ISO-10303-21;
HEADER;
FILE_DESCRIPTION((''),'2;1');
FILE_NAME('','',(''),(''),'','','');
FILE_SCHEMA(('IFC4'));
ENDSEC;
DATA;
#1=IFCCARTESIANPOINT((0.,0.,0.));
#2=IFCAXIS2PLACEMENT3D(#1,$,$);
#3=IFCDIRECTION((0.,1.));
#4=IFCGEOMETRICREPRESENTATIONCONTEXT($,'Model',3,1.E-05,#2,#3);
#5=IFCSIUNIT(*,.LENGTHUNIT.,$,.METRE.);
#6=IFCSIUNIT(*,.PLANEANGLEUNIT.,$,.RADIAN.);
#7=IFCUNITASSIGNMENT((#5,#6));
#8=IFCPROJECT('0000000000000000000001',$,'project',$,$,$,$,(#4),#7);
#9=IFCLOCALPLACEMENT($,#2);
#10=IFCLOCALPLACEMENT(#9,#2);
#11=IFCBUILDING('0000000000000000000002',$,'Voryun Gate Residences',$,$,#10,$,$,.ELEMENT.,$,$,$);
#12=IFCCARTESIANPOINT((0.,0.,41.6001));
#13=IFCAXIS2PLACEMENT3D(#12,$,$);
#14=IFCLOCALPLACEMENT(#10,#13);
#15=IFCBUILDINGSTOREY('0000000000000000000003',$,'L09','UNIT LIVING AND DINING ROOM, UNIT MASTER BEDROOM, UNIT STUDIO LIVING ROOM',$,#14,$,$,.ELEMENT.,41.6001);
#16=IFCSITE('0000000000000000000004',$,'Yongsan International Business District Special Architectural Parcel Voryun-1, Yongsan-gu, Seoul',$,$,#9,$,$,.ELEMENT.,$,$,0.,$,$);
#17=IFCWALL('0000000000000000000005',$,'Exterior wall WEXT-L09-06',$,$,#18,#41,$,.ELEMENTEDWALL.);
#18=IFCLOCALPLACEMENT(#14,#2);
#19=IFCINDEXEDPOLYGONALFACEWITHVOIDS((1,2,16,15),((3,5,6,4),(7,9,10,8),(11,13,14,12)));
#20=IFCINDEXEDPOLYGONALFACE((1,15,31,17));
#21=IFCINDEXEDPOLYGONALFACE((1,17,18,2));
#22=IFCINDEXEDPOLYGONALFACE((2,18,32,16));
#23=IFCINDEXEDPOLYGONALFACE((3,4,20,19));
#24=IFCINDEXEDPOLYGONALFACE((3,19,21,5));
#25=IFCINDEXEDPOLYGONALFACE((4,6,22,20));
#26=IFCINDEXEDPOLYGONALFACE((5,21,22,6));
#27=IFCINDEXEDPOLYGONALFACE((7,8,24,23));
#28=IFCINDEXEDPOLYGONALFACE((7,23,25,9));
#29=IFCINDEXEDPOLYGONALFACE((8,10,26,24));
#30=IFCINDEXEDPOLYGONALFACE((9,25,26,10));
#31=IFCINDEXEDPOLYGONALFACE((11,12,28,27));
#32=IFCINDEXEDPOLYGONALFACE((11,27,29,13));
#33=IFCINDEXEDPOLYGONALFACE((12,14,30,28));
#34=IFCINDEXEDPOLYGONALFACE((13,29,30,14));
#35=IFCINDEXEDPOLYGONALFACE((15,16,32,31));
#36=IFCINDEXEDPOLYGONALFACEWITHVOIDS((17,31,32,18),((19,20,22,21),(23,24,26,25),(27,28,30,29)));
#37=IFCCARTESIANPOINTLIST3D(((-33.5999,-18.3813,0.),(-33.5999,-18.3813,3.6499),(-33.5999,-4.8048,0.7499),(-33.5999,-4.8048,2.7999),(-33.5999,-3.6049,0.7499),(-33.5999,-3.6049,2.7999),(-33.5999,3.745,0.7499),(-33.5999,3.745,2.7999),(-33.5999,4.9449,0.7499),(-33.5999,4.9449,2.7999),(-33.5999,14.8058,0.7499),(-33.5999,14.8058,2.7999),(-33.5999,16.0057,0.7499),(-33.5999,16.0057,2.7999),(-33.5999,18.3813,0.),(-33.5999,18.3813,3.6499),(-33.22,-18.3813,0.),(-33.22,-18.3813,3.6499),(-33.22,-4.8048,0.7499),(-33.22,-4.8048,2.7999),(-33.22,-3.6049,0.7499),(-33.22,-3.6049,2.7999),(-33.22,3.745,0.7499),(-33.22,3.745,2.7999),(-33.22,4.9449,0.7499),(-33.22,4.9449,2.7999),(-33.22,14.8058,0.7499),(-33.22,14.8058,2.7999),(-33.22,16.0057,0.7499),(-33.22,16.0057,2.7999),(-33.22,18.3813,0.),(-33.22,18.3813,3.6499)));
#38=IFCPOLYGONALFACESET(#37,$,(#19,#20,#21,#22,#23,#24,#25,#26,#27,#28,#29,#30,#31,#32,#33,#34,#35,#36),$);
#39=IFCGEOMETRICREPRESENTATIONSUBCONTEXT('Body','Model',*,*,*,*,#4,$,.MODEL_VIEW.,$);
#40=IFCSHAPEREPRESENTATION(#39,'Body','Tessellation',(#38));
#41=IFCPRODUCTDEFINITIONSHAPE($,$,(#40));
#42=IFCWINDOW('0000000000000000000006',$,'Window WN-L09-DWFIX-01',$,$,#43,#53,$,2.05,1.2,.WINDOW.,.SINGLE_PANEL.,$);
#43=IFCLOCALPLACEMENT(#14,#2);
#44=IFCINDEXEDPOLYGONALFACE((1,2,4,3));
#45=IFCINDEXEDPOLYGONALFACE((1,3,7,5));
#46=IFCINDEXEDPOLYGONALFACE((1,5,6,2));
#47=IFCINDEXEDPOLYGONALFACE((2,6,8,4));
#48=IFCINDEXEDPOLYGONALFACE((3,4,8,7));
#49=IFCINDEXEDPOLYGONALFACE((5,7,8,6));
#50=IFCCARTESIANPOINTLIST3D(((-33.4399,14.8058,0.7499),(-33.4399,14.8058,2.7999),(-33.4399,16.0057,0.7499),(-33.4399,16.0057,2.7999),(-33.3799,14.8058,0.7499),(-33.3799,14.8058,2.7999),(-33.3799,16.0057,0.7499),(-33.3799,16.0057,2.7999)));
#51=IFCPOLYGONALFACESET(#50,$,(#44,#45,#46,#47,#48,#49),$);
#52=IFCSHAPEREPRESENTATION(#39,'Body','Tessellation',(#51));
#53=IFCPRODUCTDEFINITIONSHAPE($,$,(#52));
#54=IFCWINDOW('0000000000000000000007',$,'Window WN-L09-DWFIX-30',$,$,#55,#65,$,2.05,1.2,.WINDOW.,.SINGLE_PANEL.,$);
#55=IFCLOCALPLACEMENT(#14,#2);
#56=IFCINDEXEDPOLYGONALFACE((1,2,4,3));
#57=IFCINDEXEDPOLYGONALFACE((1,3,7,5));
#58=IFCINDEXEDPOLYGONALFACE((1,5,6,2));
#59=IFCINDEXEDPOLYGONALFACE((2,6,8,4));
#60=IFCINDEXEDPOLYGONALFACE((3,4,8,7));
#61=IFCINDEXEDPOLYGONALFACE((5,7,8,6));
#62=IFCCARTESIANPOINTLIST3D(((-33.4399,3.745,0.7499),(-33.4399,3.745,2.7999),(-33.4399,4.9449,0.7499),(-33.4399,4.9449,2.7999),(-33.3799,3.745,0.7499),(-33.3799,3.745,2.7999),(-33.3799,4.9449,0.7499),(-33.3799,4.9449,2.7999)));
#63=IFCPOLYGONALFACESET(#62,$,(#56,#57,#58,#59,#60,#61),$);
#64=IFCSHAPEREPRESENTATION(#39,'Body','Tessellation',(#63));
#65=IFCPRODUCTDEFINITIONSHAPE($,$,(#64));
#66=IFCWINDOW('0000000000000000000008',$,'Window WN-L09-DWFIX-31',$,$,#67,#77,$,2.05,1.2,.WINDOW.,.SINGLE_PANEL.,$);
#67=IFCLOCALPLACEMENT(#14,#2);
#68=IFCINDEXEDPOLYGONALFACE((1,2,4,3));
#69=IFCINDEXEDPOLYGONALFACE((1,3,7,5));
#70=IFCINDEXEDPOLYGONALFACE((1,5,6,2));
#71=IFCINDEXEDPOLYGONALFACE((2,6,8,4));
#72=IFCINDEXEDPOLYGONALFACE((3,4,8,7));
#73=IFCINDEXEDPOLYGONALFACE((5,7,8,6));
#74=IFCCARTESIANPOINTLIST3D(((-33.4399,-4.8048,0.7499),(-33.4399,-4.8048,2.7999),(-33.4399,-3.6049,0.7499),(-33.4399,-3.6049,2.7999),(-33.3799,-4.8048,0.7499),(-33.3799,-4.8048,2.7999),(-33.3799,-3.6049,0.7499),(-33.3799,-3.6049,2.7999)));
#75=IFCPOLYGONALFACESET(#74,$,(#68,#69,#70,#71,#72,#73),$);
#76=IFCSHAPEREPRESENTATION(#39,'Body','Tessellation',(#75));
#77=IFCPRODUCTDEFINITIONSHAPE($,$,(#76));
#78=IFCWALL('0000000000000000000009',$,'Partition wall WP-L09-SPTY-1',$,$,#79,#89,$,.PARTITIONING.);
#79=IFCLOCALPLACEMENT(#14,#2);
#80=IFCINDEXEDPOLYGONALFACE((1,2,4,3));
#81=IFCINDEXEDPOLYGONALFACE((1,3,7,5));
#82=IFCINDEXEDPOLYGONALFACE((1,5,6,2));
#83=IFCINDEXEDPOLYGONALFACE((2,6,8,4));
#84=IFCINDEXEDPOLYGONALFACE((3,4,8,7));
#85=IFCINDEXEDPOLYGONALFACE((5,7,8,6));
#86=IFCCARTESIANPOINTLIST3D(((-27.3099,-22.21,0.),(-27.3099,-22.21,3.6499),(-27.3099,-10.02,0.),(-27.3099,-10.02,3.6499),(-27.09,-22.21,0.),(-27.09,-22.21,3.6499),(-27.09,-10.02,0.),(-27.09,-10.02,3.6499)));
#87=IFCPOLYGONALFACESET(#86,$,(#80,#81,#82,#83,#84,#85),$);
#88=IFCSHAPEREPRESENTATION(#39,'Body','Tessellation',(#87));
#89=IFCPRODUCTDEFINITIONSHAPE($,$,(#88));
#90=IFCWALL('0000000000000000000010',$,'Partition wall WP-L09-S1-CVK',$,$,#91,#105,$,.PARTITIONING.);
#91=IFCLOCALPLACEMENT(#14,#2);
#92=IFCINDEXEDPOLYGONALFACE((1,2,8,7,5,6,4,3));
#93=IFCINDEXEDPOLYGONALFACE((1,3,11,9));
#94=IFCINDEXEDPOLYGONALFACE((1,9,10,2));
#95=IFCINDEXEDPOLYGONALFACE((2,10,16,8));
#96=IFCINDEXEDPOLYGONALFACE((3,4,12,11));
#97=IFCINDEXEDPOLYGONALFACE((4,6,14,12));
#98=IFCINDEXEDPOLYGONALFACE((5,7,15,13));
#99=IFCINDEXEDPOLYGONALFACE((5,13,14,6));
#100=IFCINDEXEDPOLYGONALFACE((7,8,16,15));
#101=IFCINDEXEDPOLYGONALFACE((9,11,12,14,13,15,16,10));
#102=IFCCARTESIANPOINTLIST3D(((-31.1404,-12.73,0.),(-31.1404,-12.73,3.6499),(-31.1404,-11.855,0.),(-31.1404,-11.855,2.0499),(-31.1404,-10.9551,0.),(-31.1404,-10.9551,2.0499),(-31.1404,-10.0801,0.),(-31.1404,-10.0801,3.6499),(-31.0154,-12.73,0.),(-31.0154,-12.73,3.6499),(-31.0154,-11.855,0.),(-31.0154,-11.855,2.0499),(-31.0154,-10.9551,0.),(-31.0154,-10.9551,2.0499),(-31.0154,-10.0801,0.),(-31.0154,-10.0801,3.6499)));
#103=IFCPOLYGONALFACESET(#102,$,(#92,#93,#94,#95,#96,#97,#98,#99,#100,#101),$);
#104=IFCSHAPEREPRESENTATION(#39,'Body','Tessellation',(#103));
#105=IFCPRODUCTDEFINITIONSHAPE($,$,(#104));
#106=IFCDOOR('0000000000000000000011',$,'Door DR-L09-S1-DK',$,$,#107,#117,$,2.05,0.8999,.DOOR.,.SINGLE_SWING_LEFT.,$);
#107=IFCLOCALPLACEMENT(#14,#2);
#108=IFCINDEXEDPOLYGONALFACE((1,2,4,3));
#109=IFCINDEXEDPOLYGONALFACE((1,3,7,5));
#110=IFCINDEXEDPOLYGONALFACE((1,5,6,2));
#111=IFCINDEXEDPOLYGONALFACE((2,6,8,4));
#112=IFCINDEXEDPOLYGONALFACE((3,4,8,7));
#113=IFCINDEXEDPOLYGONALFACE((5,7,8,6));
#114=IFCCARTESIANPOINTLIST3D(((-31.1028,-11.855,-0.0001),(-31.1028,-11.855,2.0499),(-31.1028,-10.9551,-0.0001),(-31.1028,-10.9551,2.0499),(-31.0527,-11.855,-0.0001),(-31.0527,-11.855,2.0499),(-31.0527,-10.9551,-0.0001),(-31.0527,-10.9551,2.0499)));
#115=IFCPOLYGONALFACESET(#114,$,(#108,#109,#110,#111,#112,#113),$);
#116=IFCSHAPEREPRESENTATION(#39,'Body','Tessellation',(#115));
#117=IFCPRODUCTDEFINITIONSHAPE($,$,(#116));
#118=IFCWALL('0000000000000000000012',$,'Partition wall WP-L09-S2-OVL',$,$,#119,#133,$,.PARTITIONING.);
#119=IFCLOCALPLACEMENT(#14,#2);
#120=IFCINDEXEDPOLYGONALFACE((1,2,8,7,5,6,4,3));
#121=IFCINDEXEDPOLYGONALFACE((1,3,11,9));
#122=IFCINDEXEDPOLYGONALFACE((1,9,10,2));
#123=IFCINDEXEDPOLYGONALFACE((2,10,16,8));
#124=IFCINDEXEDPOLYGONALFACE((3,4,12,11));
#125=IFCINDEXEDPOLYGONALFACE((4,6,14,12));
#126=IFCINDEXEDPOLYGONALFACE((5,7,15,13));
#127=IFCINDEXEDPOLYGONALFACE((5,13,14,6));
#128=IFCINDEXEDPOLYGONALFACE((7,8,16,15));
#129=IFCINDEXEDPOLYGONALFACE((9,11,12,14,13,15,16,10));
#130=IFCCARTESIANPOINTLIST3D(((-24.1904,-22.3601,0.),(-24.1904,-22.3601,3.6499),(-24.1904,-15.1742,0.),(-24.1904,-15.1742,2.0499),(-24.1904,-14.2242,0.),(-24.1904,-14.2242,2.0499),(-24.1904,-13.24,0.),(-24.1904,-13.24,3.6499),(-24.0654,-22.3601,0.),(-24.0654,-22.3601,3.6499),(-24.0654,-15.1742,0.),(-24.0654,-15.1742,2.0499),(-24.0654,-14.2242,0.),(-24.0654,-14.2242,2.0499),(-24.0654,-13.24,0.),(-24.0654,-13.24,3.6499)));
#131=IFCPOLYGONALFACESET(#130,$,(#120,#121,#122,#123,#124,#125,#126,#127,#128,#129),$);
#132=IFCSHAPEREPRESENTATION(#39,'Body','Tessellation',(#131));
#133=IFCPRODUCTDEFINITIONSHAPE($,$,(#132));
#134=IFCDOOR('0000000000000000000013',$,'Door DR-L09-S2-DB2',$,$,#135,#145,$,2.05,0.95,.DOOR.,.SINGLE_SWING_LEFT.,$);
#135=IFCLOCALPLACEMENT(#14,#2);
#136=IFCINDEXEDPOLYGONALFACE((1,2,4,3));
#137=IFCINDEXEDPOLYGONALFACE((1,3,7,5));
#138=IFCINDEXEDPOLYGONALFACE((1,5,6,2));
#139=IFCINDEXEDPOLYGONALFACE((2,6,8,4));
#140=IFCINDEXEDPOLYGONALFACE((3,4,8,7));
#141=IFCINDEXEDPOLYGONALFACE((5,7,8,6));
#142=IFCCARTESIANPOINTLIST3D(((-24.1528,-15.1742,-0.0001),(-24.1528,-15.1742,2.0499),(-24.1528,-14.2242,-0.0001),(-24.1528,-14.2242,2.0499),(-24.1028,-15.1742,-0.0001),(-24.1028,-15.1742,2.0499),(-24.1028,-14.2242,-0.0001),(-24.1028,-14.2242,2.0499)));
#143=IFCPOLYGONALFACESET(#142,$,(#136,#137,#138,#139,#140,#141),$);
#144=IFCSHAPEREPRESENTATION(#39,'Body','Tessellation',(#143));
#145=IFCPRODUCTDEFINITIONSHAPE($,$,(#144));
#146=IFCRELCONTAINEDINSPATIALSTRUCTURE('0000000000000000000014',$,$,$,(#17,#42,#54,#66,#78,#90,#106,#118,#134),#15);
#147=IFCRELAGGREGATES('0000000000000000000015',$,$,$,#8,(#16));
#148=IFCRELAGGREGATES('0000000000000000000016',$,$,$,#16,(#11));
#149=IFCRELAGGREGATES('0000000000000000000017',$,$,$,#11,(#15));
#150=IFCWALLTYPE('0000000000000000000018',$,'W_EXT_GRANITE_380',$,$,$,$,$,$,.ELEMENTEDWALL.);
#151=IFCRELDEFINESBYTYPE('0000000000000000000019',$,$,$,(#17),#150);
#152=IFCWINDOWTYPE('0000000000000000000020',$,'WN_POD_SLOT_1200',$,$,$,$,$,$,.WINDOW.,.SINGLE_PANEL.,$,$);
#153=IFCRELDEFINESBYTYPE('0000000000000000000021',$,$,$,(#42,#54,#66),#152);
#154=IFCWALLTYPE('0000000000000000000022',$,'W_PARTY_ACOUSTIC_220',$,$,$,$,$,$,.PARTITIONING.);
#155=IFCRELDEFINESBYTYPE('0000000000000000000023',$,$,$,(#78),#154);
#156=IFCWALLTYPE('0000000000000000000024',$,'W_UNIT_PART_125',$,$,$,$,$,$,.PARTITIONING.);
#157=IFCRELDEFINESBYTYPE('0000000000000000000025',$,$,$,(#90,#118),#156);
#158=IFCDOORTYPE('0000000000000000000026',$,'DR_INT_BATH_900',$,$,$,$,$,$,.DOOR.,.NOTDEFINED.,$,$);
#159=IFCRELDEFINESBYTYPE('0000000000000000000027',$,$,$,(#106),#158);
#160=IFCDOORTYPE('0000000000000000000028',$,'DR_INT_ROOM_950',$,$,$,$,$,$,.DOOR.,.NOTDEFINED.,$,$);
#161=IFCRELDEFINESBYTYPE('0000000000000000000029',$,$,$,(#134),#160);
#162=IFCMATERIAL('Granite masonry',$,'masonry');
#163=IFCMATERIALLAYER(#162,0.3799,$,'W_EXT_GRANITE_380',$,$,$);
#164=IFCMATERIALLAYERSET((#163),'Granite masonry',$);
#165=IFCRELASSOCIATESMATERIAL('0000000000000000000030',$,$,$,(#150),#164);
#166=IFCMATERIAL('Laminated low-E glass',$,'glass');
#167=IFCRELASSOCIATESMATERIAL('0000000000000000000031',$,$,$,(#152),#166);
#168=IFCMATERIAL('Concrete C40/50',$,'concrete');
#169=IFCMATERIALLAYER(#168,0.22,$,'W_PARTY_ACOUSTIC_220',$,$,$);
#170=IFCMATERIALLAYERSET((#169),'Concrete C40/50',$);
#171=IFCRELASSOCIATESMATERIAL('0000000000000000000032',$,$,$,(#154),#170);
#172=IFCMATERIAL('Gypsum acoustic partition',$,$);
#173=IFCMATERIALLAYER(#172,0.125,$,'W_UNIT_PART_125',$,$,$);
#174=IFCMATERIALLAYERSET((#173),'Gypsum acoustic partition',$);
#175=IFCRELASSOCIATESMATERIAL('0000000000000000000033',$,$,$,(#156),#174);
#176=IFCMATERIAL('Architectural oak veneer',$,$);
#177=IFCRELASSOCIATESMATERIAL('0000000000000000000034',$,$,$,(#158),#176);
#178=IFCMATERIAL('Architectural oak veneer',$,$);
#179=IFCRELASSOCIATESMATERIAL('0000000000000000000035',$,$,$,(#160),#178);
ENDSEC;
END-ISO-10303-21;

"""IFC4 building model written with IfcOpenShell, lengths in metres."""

from ifc_helpers import new_model, si_unit, direction, frame, frame_2d, origin, place, context, subcontext, project, spatial, rectangle, extrude, material, layer, layer_set, type_object, element, fill, save


model = new_model("IFC4")

# Units and contexts
model_context = context("Model", 3, precision=1e-05, world=origin(), true_north=direction((0.0, 1.0)))
body_context = subcontext(model_context, "Body", "Model", "MODEL_VIEW")
ifc_project = project(units=[si_unit("LENGTHUNIT", "METRE"), si_unit("PLANEANGLEUNIT", "RADIAN")], contexts=[model_context])

# Site, building, storey
site_placement = place(None, origin())
site = spatial("IfcSite", under=ifc_project, at=site_placement, Name="Yongsan International Business District Special Architectural Parcel Voryun-1, Yongsan-gu, Seoul", CompositionType="ELEMENT", RefElevation=0.0)
building_placement = place(site_placement, origin())
building = spatial("IfcBuilding", under=site, at=building_placement, Name="Voryun Gate Residences", CompositionType="ELEMENT")
storey_placement = place(building_placement, frame((0.0, 0.0, 41.6001)))
storey = spatial("IfcBuildingStorey", under=building, at=storey_placement, Name="L09", Description="UNIT LIVING AND DINING ROOM, UNIT MASTER BEDROOM, UNIT STUDIO LIVING ROOM", CompositionType="ELEMENT", Elevation=41.6001)

# Shared definitions
ifc_material_1 = material(Name="Granite masonry", Category="masonry")
ifc_layer_1 = layer(ifc_material_1, 0.3799, Name="W_EXT_GRANITE_380")
ifc_layer_set_1 = layer_set([ifc_layer_1], Name="Granite masonry")
wall_type_1 = type_object("IfcWallType", Name="W_EXT_GRANITE_380", PredefinedType="ELEMENTEDWALL", material=ifc_layer_set_1)

# Wall, openings, windows
wall_1_placement = place(storey_placement, frame((-33.4099, -18.3813, 0.0), z_axis=(0.0, 0.0, 1.0), x_axis=(0.0, 1.0, 0.0)))
wall_1 = element("IfcWall", 1, at=wall_1_placement, inside=storey, type_object=wall_type_1, Name="Exterior wall WEXT-L09-06", PredefinedType="ELEMENTEDWALL", context=body_context, shape_type="SweptSolid", body=[
    extrude(rectangle(XDim=36.7627, YDim=0.3799, at=frame_2d((18.3813, 0.0))), origin(), (0.0, 0.0, 1.0), 3.6499),
])
opening_1_placement = place(wall_1_placement, frame((33.187, 0.0, 0.75)))
opening_1 = element("IfcOpeningElement", 2, at=opening_1_placement, cuts=wall_1, PredefinedType="OPENING", context=body_context, shape_type="SweptSolid", body=[
    extrude(rectangle(XDim=1.2, YDim=2.05, at=frame_2d((0.6001, 1.0249))), frame((0.0, 0.2, 0.0), z_axis=(0.0, -1.0, 0.0), x_axis=(1.0, 0.0, 0.0)), (0.0, 0.0, 1.0), 0.3999),
])
opening_2_placement = place(wall_1_placement, frame((22.1262, 0.0, 0.75)))
opening_2 = element("IfcOpeningElement", 3, at=opening_2_placement, cuts=wall_1, PredefinedType="OPENING", context=body_context, shape_type="SweptSolid", body=[
    extrude(rectangle(XDim=1.2, YDim=2.05, at=frame_2d((0.6001, 1.0249))), frame((0.0, 0.2, 0.0), z_axis=(0.0, -1.0, 0.0), x_axis=(1.0, 0.0, 0.0)), (0.0, 0.0, 1.0), 0.3999),
])
opening_3_placement = place(wall_1_placement, frame((13.5764, 0.0, 0.75)))
opening_3 = element("IfcOpeningElement", 4, at=opening_3_placement, cuts=wall_1, PredefinedType="OPENING", context=body_context, shape_type="SweptSolid", body=[
    extrude(rectangle(XDim=1.2, YDim=2.05, at=frame_2d((0.6001, 1.0249))), frame((0.0, 0.2, 0.0), z_axis=(0.0, -1.0, 0.0), x_axis=(1.0, 0.0, 0.0)), (0.0, 0.0, 1.0), 0.3999),
])
ifc_material_2 = material(Name="Laminated low-E glass", Category="glass")
window_type = type_object("IfcWindowType", Name="WN_POD_SLOT_1200", PartitioningType="SINGLE_PANEL", PredefinedType="WINDOW", material=ifc_material_2)
window_1_placement = place(opening_1_placement, origin())
window_1 = element("IfcWindow", 5, at=window_1_placement, inside=storey, type_object=window_type, Name="Window WN-L09-DWFIX-01", OverallHeight=2.05, OverallWidth=1.2, PartitioningType="SINGLE_PANEL", PredefinedType="WINDOW", context=body_context, shape_type="SweptSolid", body=[
    extrude(rectangle(XDim=1.2, YDim=2.05, at=frame_2d((0.6001, 1.0249))), frame((0.0, 0.03, 0.0), z_axis=(0.0, -1.0, 0.0), x_axis=(1.0, 0.0, 0.0)), (0.0, 0.0, 1.0), 0.0601),
])
fill(opening_1, window_1)
window_2_placement = place(opening_2_placement, origin())
window_2 = element("IfcWindow", 6, at=window_2_placement, inside=storey, type_object=window_type, Name="Window WN-L09-DWFIX-30", OverallHeight=2.05, OverallWidth=1.2, PartitioningType="SINGLE_PANEL", PredefinedType="WINDOW", context=body_context, shape_type="SweptSolid", body=[
    extrude(rectangle(XDim=1.2, YDim=2.05, at=frame_2d((0.6001, 1.0249))), frame((0.0, 0.03, 0.0), z_axis=(0.0, -1.0, 0.0), x_axis=(1.0, 0.0, 0.0)), (0.0, 0.0, 1.0), 0.0601),
])
fill(opening_2, window_2)
window_3_placement = place(opening_3_placement, origin())
window_3 = element("IfcWindow", 7, at=window_3_placement, inside=storey, type_object=window_type, Name="Window WN-L09-DWFIX-31", OverallHeight=2.05, OverallWidth=1.2, PartitioningType="SINGLE_PANEL", PredefinedType="WINDOW", context=body_context, shape_type="SweptSolid", body=[
    extrude(rectangle(XDim=1.2, YDim=2.05, at=frame_2d((0.6001, 1.0249))), frame((0.0, 0.03, 0.0), z_axis=(0.0, -1.0, 0.0), x_axis=(1.0, 0.0, 0.0)), (0.0, 0.0, 1.0), 0.0601),
])
fill(opening_3, window_3)

# Wall
ifc_material_3 = material(Name="Concrete C40/50", Category="concrete")
ifc_layer_2 = layer(ifc_material_3, 0.22, Name="W_PARTY_ACOUSTIC_220")
ifc_layer_set_2 = layer_set([ifc_layer_2], Name="Concrete C40/50")
wall_type_2 = type_object("IfcWallType", Name="W_PARTY_ACOUSTIC_220", PredefinedType="PARTITIONING", material=ifc_layer_set_2)
wall_2_placement = place(storey_placement, frame((-27.2, -22.21, 0.0), z_axis=(0.0, 0.0, 1.0), x_axis=(0.0, 1.0, 0.0)))
element("IfcWall", 8, at=wall_2_placement, inside=storey, type_object=wall_type_2, Name="Partition wall WP-L09-SPTY-1", PredefinedType="PARTITIONING", context=body_context, shape_type="SweptSolid", body=[
    extrude(rectangle(XDim=12.1899, YDim=0.22, at=frame_2d((6.095, 0.0))), origin(), (0.0, 0.0, 1.0), 3.6499),
])

# Walls, openings, doors
ifc_material_4 = material(Name="Gypsum acoustic partition")
ifc_layer_3 = layer(ifc_material_4, 0.125, Name="W_UNIT_PART_125")
ifc_layer_set_3 = layer_set([ifc_layer_3], Name="Gypsum acoustic partition")
wall_type_3 = type_object("IfcWallType", Name="W_UNIT_PART_125", PredefinedType="PARTITIONING", material=ifc_layer_set_3)
wall_3_placement = place(storey_placement, frame((-31.0779, -12.73, 0.0), z_axis=(0.0, 0.0, 1.0), x_axis=(0.0, 1.0, 0.0)))
wall_3 = element("IfcWall", 9, at=wall_3_placement, inside=storey, type_object=wall_type_3, Name="Partition wall WP-L09-S1-CVK", PredefinedType="PARTITIONING", context=body_context, shape_type="SweptSolid", body=[
    extrude(rectangle(XDim=2.6499, YDim=0.125, at=frame_2d((1.325, 0.0))), origin(), (0.0, 0.0, 1.0), 3.6499),
])
opening_4_placement = place(wall_3_placement, frame((0.875, 0.0, 0.0)))
opening_4 = element("IfcOpeningElement", 10, at=opening_4_placement, cuts=wall_3, PredefinedType="OPENING", context=body_context, shape_type="SweptSolid", body=[
    extrude(rectangle(XDim=0.8999, YDim=2.05, at=frame_2d((0.45, 1.0249))), frame((0.0, 0.0725, 0.0), z_axis=(0.0, -1.0, 0.0), x_axis=(1.0, 0.0, 0.0)), (0.0, 0.0, 1.0), 0.145),
])
ifc_material_5 = material(Name="Architectural oak veneer")
door_type_1 = type_object("IfcDoorType", Name="DR_INT_BATH_900", OperationType="NOTDEFINED", PredefinedType="DOOR", material=ifc_material_5)
door_1_placement = place(opening_4_placement, origin())
door_1 = element("IfcDoor", 11, at=door_1_placement, inside=storey, type_object=door_type_1, Name="Door DR-L09-S1-DK", OperationType="SINGLE_SWING_LEFT", OverallHeight=2.05, OverallWidth=0.8999, PredefinedType="DOOR", context=body_context, shape_type="SweptSolid", body=[
    extrude(rectangle(XDim=0.8999, YDim=2.05, at=frame_2d((0.45, 1.0249))), frame((0.0, 0.0249, 0.0), z_axis=(0.0, -1.0, 0.0), x_axis=(1.0, 0.0, 0.0)), (0.0, 0.0, 1.0), 0.05),
])
fill(opening_4, door_1)
wall_4_placement = place(storey_placement, frame((-24.1279, -22.3601, 0.0), z_axis=(0.0, 0.0, 1.0), x_axis=(0.0, 1.0, 0.0)))
wall_4 = element("IfcWall", 12, at=wall_4_placement, inside=storey, type_object=wall_type_3, Name="Partition wall WP-L09-S2-OVL", PredefinedType="PARTITIONING", context=body_context, shape_type="SweptSolid", body=[
    extrude(rectangle(XDim=9.1201, YDim=0.125, at=frame_2d((4.5601, 0.0))), origin(), (0.0, 0.0, 1.0), 3.6499),
])
opening_5_placement = place(wall_4_placement, frame((7.1858, 0.0, 0.0)))
opening_5 = element("IfcOpeningElement", 13, at=opening_5_placement, cuts=wall_4, PredefinedType="OPENING", context=body_context, shape_type="SweptSolid", body=[
    extrude(rectangle(XDim=0.95, YDim=2.05, at=frame_2d((0.4751, 1.0249))), frame((0.0, 0.0725, 0.0), z_axis=(0.0, -1.0, 0.0), x_axis=(1.0, 0.0, 0.0)), (0.0, 0.0, 1.0), 0.145),
])
ifc_material_6 = material(Name="Architectural oak veneer")
door_type_2 = type_object("IfcDoorType", Name="DR_INT_ROOM_950", OperationType="NOTDEFINED", PredefinedType="DOOR", material=ifc_material_6)
door_2_placement = place(opening_5_placement, origin())
door_2 = element("IfcDoor", 14, at=door_2_placement, inside=storey, type_object=door_type_2, Name="Door DR-L09-S2-DB2", OperationType="SINGLE_SWING_LEFT", OverallHeight=2.05, OverallWidth=0.95, PredefinedType="DOOR", context=body_context, shape_type="SweptSolid", body=[
    extrude(rectangle(XDim=0.95, YDim=2.05, at=frame_2d((0.4751, 1.0249))), frame((0.0, 0.0249, 0.0), z_axis=(0.0, -1.0, 0.0), x_axis=(1.0, 0.0, 0.0)), (0.0, 0.0, 1.0), 0.05),
])
fill(opening_5, door_2)

save(model, "model.ifc")
